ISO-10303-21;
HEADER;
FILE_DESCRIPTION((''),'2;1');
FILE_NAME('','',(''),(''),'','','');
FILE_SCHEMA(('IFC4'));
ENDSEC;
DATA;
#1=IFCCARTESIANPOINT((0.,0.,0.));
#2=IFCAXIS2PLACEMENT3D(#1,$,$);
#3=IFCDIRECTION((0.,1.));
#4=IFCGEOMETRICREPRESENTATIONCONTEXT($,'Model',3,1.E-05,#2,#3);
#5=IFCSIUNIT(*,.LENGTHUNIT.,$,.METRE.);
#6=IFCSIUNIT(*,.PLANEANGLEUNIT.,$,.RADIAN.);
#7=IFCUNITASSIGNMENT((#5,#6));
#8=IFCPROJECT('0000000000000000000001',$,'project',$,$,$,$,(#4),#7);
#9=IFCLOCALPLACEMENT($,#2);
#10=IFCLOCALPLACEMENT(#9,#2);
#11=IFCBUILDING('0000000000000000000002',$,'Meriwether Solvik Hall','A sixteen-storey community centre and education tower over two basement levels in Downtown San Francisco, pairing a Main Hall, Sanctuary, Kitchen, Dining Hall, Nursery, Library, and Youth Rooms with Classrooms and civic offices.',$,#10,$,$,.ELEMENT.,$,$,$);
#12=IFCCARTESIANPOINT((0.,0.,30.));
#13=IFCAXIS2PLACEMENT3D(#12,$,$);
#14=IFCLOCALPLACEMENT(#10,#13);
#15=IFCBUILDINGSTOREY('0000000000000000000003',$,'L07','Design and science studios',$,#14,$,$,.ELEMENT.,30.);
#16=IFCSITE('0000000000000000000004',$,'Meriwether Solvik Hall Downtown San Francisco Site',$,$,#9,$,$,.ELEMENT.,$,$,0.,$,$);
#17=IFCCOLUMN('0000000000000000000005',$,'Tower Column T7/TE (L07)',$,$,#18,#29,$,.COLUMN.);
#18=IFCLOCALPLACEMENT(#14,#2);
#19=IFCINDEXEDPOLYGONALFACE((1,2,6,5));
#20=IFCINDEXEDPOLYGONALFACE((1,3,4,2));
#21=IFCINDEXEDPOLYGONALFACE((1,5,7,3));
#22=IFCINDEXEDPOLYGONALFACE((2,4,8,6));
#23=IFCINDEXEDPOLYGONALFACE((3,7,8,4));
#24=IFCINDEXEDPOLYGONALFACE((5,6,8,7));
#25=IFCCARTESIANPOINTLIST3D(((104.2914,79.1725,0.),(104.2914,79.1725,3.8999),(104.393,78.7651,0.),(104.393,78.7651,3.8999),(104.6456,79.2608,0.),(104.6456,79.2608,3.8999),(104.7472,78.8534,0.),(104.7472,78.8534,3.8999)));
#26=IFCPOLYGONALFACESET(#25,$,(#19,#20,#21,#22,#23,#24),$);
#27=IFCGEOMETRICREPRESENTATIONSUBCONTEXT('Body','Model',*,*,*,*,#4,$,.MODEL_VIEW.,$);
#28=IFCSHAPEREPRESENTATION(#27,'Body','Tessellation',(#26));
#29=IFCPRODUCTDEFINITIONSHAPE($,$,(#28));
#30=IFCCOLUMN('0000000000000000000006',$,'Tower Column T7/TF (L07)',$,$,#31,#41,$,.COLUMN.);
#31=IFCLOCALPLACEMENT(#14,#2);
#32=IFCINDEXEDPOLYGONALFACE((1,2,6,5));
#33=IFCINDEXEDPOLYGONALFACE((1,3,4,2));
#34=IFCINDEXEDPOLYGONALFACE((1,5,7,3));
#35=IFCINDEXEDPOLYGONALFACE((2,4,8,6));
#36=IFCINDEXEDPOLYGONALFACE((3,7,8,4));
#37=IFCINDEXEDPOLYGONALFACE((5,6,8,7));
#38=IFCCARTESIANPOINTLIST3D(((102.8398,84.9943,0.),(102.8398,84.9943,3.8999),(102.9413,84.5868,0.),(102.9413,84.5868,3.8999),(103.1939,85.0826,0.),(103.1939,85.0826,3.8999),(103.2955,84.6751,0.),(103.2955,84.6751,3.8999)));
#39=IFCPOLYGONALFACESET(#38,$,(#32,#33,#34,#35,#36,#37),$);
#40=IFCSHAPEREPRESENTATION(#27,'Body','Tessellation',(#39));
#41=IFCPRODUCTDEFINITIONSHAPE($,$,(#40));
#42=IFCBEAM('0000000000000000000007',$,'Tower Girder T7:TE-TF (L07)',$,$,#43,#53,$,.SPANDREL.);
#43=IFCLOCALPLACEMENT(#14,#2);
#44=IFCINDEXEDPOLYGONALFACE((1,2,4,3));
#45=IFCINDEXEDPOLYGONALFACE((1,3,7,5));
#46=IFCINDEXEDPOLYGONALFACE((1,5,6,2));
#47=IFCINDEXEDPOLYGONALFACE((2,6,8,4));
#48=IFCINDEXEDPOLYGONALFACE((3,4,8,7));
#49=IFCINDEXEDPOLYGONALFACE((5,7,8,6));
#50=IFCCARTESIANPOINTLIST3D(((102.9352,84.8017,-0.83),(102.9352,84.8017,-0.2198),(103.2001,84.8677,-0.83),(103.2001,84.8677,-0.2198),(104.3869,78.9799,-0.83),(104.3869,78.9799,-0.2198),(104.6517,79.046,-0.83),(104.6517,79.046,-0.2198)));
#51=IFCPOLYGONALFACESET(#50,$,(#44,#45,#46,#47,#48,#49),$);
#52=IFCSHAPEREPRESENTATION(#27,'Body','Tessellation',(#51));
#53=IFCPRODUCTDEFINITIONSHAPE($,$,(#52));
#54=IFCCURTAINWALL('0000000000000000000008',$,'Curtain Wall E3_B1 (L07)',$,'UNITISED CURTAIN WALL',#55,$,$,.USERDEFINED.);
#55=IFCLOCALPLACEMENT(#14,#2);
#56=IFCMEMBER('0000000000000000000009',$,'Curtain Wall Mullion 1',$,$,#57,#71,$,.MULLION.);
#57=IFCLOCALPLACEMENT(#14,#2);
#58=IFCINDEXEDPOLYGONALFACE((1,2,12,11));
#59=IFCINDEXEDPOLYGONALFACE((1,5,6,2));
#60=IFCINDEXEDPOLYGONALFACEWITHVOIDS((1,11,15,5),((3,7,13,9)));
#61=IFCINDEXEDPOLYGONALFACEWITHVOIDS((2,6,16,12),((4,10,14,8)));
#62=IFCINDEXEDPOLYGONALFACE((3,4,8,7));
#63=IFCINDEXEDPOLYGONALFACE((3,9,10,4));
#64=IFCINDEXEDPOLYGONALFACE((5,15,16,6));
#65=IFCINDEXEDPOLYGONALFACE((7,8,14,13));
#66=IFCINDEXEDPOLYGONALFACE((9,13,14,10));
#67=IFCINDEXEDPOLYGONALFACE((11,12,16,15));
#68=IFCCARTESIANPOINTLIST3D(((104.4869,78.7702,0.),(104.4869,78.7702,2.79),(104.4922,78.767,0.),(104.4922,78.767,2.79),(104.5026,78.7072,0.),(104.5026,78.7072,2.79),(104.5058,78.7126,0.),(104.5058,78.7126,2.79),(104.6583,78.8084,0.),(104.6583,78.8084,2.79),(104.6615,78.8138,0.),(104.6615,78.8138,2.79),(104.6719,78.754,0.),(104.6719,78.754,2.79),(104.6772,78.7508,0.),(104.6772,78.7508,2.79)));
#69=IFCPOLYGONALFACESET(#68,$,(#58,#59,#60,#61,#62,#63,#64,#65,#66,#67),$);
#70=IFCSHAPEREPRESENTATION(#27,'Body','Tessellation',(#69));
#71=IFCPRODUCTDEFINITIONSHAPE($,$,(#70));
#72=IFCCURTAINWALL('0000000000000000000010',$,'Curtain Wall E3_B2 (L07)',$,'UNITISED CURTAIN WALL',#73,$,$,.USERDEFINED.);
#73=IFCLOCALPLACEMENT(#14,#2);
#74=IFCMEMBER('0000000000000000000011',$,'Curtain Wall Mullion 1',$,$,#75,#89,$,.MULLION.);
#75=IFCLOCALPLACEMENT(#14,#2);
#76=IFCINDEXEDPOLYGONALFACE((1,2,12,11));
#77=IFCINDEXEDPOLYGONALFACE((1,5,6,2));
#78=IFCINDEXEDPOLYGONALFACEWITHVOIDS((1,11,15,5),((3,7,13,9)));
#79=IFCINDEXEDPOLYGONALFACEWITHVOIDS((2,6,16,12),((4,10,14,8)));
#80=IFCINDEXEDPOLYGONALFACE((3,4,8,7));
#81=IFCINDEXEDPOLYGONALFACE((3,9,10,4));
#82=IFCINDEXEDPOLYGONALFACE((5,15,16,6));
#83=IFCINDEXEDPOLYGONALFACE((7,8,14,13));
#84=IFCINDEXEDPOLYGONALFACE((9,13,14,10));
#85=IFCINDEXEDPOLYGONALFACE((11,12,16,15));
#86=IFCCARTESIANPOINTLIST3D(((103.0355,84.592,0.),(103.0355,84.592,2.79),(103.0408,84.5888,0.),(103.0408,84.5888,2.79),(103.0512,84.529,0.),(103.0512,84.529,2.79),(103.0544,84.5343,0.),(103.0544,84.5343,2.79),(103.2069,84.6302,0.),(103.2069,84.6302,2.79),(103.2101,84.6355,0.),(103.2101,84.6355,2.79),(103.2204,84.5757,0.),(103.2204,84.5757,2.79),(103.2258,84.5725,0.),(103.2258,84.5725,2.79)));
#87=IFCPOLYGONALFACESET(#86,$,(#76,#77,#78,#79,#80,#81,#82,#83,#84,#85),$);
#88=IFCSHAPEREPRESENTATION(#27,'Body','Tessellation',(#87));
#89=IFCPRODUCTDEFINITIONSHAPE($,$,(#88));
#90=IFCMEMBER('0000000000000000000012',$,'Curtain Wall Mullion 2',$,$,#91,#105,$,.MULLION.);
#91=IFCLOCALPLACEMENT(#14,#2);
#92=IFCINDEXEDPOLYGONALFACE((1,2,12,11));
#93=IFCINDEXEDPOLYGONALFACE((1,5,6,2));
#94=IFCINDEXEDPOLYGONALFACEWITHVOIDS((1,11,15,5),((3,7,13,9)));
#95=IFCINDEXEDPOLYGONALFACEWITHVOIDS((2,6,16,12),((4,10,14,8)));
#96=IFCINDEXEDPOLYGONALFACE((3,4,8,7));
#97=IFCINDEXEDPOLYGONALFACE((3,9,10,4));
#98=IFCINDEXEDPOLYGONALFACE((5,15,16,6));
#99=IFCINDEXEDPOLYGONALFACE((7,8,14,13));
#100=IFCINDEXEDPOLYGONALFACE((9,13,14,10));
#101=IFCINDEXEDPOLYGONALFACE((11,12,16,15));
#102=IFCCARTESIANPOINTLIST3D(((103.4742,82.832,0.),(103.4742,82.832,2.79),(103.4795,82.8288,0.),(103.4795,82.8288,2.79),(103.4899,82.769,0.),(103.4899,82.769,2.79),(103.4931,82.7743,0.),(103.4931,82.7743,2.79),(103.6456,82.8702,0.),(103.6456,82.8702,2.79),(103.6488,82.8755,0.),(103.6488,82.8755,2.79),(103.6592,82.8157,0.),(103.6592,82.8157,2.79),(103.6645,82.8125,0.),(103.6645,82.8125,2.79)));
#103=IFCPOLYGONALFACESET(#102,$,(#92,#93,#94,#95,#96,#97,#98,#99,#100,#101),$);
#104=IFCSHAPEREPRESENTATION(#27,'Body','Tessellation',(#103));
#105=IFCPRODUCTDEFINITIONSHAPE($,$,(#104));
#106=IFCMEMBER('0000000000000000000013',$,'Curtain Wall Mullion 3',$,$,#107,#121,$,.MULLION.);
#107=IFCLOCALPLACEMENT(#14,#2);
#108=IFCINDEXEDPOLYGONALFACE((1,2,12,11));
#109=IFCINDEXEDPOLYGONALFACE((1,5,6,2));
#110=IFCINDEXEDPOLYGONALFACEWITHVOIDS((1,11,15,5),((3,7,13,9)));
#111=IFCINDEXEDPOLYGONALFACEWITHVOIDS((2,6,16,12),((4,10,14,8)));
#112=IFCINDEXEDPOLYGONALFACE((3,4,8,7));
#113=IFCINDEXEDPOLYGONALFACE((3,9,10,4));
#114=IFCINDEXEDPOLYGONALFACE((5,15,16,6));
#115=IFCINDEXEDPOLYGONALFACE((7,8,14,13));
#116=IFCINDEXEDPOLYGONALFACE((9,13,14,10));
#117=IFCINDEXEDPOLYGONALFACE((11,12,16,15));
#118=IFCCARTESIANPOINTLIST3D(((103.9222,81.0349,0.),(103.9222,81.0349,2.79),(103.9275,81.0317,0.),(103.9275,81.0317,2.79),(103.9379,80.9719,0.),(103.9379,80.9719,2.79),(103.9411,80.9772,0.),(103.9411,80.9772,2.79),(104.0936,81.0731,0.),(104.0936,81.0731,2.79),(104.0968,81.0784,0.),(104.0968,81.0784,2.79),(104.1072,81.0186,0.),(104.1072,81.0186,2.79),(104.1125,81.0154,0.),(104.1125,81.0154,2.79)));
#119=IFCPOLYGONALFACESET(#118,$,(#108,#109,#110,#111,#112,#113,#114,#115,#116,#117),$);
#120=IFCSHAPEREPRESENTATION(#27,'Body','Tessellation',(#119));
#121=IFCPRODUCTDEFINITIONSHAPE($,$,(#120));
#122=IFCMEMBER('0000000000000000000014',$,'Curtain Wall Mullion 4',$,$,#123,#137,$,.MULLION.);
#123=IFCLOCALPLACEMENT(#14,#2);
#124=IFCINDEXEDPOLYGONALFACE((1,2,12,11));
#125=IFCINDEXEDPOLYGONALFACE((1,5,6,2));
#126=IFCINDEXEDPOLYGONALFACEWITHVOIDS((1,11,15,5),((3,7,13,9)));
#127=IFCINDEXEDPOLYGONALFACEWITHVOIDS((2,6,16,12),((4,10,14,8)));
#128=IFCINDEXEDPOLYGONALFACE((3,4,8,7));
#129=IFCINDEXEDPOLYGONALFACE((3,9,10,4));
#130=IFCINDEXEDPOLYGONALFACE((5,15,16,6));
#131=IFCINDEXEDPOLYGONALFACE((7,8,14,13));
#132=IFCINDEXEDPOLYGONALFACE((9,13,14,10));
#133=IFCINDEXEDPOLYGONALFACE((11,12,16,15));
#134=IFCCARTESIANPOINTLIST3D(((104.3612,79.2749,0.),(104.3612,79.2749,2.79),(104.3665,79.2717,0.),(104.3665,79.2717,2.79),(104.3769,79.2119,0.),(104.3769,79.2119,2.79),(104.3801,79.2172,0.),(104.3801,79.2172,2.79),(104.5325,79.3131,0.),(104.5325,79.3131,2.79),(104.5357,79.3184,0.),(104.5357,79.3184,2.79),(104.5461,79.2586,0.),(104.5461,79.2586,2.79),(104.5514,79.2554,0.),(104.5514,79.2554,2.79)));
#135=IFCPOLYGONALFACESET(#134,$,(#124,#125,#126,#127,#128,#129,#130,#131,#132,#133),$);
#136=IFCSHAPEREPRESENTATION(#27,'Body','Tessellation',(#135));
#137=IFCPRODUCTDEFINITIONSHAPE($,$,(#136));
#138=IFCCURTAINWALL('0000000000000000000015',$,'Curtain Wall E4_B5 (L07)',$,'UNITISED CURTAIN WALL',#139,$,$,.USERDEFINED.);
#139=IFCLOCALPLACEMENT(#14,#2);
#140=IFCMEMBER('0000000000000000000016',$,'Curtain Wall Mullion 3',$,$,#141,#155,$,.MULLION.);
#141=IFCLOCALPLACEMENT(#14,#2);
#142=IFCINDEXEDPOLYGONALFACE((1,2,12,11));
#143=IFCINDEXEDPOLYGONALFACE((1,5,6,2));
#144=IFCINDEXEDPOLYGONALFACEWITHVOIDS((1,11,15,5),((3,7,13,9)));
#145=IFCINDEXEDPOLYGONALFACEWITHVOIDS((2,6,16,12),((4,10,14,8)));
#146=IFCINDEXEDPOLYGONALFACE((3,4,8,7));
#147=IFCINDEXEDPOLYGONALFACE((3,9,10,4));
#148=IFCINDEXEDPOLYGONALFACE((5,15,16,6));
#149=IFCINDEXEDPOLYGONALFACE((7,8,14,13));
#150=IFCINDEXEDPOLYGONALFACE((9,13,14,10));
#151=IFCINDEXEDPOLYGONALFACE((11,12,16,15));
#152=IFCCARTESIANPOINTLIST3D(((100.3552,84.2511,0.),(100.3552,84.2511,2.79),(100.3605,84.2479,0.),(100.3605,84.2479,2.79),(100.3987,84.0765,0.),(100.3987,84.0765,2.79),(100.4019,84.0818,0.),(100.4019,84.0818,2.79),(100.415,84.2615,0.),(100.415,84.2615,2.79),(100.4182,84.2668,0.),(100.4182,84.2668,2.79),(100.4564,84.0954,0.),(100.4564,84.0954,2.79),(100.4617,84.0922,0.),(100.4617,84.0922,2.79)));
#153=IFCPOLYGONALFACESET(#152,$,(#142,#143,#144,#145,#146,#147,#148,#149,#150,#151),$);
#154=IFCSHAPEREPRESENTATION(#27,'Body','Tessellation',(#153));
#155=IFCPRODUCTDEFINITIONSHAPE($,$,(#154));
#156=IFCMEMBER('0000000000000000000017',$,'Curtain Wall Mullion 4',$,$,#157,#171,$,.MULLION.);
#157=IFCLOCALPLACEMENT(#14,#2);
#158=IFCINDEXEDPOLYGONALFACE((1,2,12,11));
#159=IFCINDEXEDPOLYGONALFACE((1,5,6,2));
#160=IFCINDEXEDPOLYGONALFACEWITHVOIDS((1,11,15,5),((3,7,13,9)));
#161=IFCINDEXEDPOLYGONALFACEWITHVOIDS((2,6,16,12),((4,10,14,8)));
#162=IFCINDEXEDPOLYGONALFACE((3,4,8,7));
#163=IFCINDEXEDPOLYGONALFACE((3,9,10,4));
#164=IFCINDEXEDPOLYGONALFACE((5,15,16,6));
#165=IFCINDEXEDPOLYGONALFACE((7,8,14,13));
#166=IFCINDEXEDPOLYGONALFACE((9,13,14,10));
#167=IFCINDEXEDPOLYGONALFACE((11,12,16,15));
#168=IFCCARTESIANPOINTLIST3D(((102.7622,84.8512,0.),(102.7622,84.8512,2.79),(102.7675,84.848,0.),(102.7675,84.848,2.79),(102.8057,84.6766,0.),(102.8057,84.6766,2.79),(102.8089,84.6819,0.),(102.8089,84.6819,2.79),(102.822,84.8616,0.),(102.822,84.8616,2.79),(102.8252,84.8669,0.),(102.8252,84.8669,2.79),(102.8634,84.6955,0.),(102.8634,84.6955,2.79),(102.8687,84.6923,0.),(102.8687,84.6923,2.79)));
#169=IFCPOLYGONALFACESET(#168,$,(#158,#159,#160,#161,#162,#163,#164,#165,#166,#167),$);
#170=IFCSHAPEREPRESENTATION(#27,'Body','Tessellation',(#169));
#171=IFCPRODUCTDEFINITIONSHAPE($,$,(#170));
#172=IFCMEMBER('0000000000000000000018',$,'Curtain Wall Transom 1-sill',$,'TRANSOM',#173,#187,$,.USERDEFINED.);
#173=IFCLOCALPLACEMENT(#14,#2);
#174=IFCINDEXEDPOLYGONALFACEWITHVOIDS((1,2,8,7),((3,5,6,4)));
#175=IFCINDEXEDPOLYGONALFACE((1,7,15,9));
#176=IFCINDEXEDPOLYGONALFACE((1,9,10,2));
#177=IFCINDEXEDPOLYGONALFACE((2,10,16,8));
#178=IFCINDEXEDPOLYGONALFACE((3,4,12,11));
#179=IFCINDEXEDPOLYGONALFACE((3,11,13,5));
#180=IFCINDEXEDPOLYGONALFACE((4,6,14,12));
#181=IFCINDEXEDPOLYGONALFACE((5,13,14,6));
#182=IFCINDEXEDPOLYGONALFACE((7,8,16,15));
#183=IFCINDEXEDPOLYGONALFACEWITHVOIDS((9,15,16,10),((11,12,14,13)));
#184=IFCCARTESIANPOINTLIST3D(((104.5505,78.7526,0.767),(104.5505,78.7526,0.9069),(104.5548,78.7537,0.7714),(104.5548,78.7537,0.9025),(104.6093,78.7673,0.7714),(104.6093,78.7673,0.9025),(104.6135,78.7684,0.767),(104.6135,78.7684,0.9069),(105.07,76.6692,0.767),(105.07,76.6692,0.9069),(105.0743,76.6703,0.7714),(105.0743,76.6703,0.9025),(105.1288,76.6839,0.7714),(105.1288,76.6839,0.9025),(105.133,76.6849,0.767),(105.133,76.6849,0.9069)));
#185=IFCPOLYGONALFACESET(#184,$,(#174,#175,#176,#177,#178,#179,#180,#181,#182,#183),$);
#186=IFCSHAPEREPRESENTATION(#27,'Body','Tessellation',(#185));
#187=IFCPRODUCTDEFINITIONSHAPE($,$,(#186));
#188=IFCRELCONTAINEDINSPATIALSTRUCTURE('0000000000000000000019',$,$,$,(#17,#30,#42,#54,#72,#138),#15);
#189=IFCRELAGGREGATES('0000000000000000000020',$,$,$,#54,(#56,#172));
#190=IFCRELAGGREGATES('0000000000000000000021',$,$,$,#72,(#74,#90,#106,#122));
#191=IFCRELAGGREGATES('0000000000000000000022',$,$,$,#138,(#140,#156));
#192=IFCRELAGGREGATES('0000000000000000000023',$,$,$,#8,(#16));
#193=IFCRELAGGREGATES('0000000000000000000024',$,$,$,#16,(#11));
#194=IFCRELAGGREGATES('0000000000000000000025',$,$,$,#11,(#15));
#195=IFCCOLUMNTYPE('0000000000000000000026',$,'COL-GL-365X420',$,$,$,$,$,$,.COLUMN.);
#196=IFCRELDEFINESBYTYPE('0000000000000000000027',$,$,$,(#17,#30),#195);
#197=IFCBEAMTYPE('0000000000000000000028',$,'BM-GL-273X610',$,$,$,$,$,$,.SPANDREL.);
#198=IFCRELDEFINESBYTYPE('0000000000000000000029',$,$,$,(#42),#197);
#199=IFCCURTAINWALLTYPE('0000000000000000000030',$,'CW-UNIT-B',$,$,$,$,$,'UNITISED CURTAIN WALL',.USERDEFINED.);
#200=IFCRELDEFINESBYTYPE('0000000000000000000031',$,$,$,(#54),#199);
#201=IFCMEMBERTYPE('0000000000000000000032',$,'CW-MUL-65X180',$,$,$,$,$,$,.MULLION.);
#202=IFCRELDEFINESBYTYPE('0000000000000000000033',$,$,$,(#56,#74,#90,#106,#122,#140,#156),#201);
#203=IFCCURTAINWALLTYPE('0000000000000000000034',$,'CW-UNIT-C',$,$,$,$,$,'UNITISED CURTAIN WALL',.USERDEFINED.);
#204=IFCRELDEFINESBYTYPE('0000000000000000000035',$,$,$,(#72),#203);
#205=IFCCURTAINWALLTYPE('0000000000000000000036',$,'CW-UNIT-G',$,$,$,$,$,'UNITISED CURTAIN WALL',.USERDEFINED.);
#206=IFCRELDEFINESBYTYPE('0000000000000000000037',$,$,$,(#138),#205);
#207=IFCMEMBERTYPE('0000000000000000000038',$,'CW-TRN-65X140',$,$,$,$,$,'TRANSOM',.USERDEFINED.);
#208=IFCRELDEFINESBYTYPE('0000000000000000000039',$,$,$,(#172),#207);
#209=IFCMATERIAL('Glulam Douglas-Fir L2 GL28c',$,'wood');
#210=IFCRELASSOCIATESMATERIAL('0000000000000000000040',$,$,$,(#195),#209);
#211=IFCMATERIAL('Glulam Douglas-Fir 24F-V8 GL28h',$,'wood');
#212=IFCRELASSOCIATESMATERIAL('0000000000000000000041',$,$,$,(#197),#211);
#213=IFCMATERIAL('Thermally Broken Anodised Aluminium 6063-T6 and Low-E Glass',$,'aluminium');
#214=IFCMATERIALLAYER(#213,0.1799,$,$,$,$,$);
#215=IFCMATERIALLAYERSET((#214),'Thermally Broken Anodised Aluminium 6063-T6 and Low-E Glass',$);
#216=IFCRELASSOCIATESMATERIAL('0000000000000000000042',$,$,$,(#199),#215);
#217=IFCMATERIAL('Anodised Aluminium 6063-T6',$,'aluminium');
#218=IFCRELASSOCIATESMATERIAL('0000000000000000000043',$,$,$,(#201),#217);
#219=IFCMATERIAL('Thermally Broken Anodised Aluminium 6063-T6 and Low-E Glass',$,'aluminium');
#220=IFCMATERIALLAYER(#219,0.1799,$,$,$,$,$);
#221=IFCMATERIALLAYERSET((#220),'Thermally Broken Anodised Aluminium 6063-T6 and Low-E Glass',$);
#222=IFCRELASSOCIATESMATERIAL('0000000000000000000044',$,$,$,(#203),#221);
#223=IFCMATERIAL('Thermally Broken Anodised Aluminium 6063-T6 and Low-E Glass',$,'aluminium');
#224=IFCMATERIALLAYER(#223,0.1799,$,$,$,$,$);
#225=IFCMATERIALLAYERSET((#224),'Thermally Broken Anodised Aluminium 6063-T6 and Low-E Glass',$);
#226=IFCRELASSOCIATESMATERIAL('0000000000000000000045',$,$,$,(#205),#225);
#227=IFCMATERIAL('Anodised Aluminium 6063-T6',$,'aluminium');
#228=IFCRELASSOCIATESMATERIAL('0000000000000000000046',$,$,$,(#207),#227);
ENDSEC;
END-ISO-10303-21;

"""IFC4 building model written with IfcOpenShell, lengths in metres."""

from ifc_helpers import new_model, si_unit, direction, frame, origin, origin_2d, place, context, subcontext, project, spatial, rectangle, hollow_rectangle, extrude, material, layer, layer_set, material_profile, profile_set, type_object, element, aggregate, save


model = new_model("IFC4")

# Units and contexts
model_context = context("Model", 3, precision=1e-05, world=origin(), true_north=direction((0.0, 1.0)))
body_context = subcontext(model_context, "Body", "Model", "MODEL_VIEW")
ifc_project = project(units=[si_unit("LENGTHUNIT", "METRE"), si_unit("PLANEANGLEUNIT", "RADIAN")], contexts=[model_context])

# Site, building, storey
site_placement = place(None, origin())
site = spatial("IfcSite", under=ifc_project, at=site_placement, Name="Meriwether Solvik Hall Downtown San Francisco Site", CompositionType="ELEMENT", RefElevation=0.0)
building_placement = place(site_placement, origin())
building = spatial("IfcBuilding", under=site, at=building_placement, Name="Meriwether Solvik Hall", Description="A sixteen-storey community centre and education tower over two basement levels in Downtown San Francisco, pairing a Main Hall, Sanctuary, Kitchen, Dining Hall, Nursery, Library, and Youth Rooms with Classrooms and civic offices.", CompositionType="ELEMENT")
storey_placement = place(building_placement, frame((0.0, 0.0, 30.0)))
storey = spatial("IfcBuildingStorey", under=building, at=storey_placement, Name="L07", Description="Design and science studios", CompositionType="ELEMENT", Elevation=30.0)

# Columns
ifc_material_1 = material(Name="Glulam Douglas-Fir L2 GL28c", Category="wood")
ifc_material_profile_1 = material_profile(ifc_material_1, rectangle(XDim=0.365, YDim=0.4199, at=origin_2d()), Name="GLC-365X420")
ifc_profile_set_1 = profile_set([ifc_material_profile_1], Name="Glulam Douglas-Fir L2 GL28c")
column_type = type_object("IfcColumnType", Name="COL-GL-365X420", PredefinedType="COLUMN", material=ifc_profile_set_1)
for number, where, z_axis, x_axis, name in (
    (1, (104.5193, 79.0129, 0.0), (0.0, 0.0, 1.0), (0.970296, 0.241922, 0.0), "Tower Column T7/TE (L07)"),
    (2, (103.0676, 84.8347, 0.0), (0.0, 0.0, 1.0), (0.970296, 0.241922, 0.0), "Tower Column T7/TF (L07)"),
):
    element("IfcColumn", number, at=place(storey_placement, frame(where, z_axis=z_axis, x_axis=x_axis)), inside=storey, type_object=column_type, Name=name, PredefinedType="COLUMN", context=body_context, shape_type="SweptSolid", body=[
        extrude(rectangle(XDim=0.365, YDim=0.4199, at=origin_2d()), origin(), (0.0, 0.0, 1.0), 3.8999),
    ])

# Beam
ifc_material_2 = material(Name="Glulam Douglas-Fir 24F-V8 GL28h", Category="wood")
ifc_material_profile_2 = material_profile(ifc_material_2, rectangle(XDim=0.2729, YDim=0.6101, at=origin_2d()), Name="GLB-273X610")
ifc_profile_set_2 = profile_set([ifc_material_profile_2], Name="Glulam Douglas-Fir 24F-V8 GL28h")
beam_type_1 = type_object("IfcBeamType", Name="BM-GL-273X610", PredefinedType="SPANDREL", material=ifc_profile_set_2)
beam_placement = place(storey_placement, frame((104.5193, 79.0129, -0.5249), z_axis=(-0.241942, 0.970291, 0.0), x_axis=(-0.970291, -0.241942, 0.0)))
element("IfcBeam", 3, at=beam_placement, inside=storey, type_object=beam_type_1, Name="Tower Girder T7:TE-TF (L07)", PredefinedType="SPANDREL", context=body_context, shape_type="SweptSolid", body=[
    extrude(rectangle(XDim=0.2729, YDim=0.6101, at=origin_2d()), origin(), (0.0, 0.0, 1.0), 6.0),
])

# Curtain wall, member
ifc_material_3 = material(Name="Thermally Broken Anodised Aluminium 6063-T6 and Low-E Glass", Category="aluminium")
ifc_layer_1 = layer(ifc_material_3, 0.1799)
ifc_layer_set_1 = layer_set([ifc_layer_1], Name="Thermally Broken Anodised Aluminium 6063-T6 and Low-E Glass")
curtain_wall_type_1 = type_object("IfcCurtainWallType", Name="CW-UNIT-B", ElementType="UNITISED CURTAIN WALL", PredefinedType="USERDEFINED", material=ifc_layer_set_1)
curtain_wall_1_placement = place(storey_placement, origin())
curtain_wall_1 = element("IfcCurtainWall", 4, at=curtain_wall_1_placement, inside=storey, type_object=curtain_wall_type_1, Name="Curtain Wall E3_B1 (L07)", ObjectType="UNITISED CURTAIN WALL", PredefinedType="USERDEFINED")
ifc_material_4 = material(Name="Anodised Aluminium 6063-T6", Category="aluminium")
ifc_material_profile_3 = material_profile(ifc_material_4, hollow_rectangle(XDim=0.0649, YDim=0.1799, WallThickness=0.0044, at=origin_2d()), Name="CWM-65X180")
ifc_profile_set_3 = profile_set([ifc_material_profile_3], Name="Anodised Aluminium 6063-T6")
member_type_1 = type_object("IfcMemberType", Name="CW-MUL-65X180", PredefinedType="MULLION", material=ifc_profile_set_3)
member_1_placement = place(storey_placement, frame((104.582, 78.7605, 0.0), z_axis=(0.0, 0.0, 1.0), x_axis=(0.241922, -0.970296, 0.0)))
member_1 = element("IfcMember", 5, at=member_1_placement, type_object=member_type_1, Name="Curtain Wall Mullion 1", PredefinedType="MULLION", context=body_context, shape_type="SweptSolid", body=[
    extrude(hollow_rectangle(XDim=0.0649, YDim=0.1799, WallThickness=0.0044, at=origin_2d()), origin(), (0.0, 0.0, 1.0), 2.79),
])

# Curtain walls, members
ifc_material_5 = material(Name="Thermally Broken Anodised Aluminium 6063-T6 and Low-E Glass", Category="aluminium")
ifc_layer_2 = layer(ifc_material_5, 0.1799)
ifc_layer_set_2 = layer_set([ifc_layer_2], Name="Thermally Broken Anodised Aluminium 6063-T6 and Low-E Glass")
curtain_wall_type_2 = type_object("IfcCurtainWallType", Name="CW-UNIT-C", ElementType="UNITISED CURTAIN WALL", PredefinedType="USERDEFINED", material=ifc_layer_set_2)
curtain_wall_2_placement = place(storey_placement, origin())
curtain_wall_2 = element("IfcCurtainWall", 6, at=curtain_wall_2_placement, inside=storey, type_object=curtain_wall_type_2, Name="Curtain Wall E3_B2 (L07)", ObjectType="UNITISED CURTAIN WALL", PredefinedType="USERDEFINED")
member_2_placement = place(storey_placement, frame((103.1306, 84.5823, 0.0), z_axis=(0.0, 0.0, 1.0), x_axis=(0.241922, -0.970296, 0.0)))
member_2 = element("IfcMember", 7, at=member_2_placement, type_object=member_type_1, Name="Curtain Wall Mullion 1", PredefinedType="MULLION", context=body_context, shape_type="SweptSolid", body=[
    extrude(hollow_rectangle(XDim=0.0649, YDim=0.1799, WallThickness=0.0044, at=origin_2d()), origin(), (0.0, 0.0, 1.0), 2.79),
])
member_3_placement = place(storey_placement, frame((103.5693, 82.8223, 0.0), z_axis=(0.0, 0.0, 1.0), x_axis=(0.241922, -0.970296, 0.0)))
member_3 = element("IfcMember", 8, at=member_3_placement, type_object=member_type_1, Name="Curtain Wall Mullion 2", PredefinedType="MULLION", context=body_context, shape_type="SweptSolid", body=[
    extrude(hollow_rectangle(XDim=0.0649, YDim=0.1799, WallThickness=0.0044, at=origin_2d()), origin(), (0.0, 0.0, 1.0), 2.79),
])
member_4_placement = place(storey_placement, frame((104.0173, 81.0251, 0.0), z_axis=(0.0, 0.0, 1.0), x_axis=(0.241922, -0.970296, 0.0)))
member_4 = element("IfcMember", 9, at=member_4_placement, type_object=member_type_1, Name="Curtain Wall Mullion 3", PredefinedType="MULLION", context=body_context, shape_type="SweptSolid", body=[
    extrude(hollow_rectangle(XDim=0.0649, YDim=0.1799, WallThickness=0.0044, at=origin_2d()), origin(), (0.0, 0.0, 1.0), 2.79),
])
member_5_placement = place(storey_placement, frame((104.4563, 79.2651, 0.0), z_axis=(0.0, 0.0, 1.0), x_axis=(0.241922, -0.970296, 0.0)))
member_5 = element("IfcMember", 10, at=member_5_placement, type_object=member_type_1, Name="Curtain Wall Mullion 4", PredefinedType="MULLION", context=body_context, shape_type="SweptSolid", body=[
    extrude(hollow_rectangle(XDim=0.0649, YDim=0.1799, WallThickness=0.0044, at=origin_2d()), origin(), (0.0, 0.0, 1.0), 2.79),
])
ifc_material_6 = material(Name="Thermally Broken Anodised Aluminium 6063-T6 and Low-E Glass", Category="aluminium")
ifc_layer_3 = layer(ifc_material_6, 0.1799)
ifc_layer_set_3 = layer_set([ifc_layer_3], Name="Thermally Broken Anodised Aluminium 6063-T6 and Low-E Glass")
curtain_wall_type_3 = type_object("IfcCurtainWallType", Name="CW-UNIT-G", ElementType="UNITISED CURTAIN WALL", PredefinedType="USERDEFINED", material=ifc_layer_set_3)
curtain_wall_3_placement = place(storey_placement, origin())
curtain_wall_3 = element("IfcCurtainWall", 11, at=curtain_wall_3_placement, inside=storey, type_object=curtain_wall_type_3, Name="Curtain Wall E4_B5 (L07)", ObjectType="UNITISED CURTAIN WALL", PredefinedType="USERDEFINED")
member_6_placement = place(storey_placement, frame((100.4084, 84.1716, 0.0), z_axis=(0.0, 0.0, 1.0), x_axis=(0.970296, 0.241922, 0.0)))
member_6 = element("IfcMember", 12, at=member_6_placement, type_object=member_type_1, Name="Curtain Wall Mullion 3", PredefinedType="MULLION", context=body_context, shape_type="SweptSolid", body=[
    extrude(hollow_rectangle(XDim=0.0649, YDim=0.1799, WallThickness=0.0044, at=origin_2d()), origin(), (0.0, 0.0, 1.0), 2.79),
])
member_7_placement = place(storey_placement, frame((102.8154, 84.7717, 0.0), z_axis=(0.0, 0.0, 1.0), x_axis=(0.970296, 0.241922, 0.0)))
member_7 = element("IfcMember", 13, at=member_7_placement, type_object=member_type_1, Name="Curtain Wall Mullion 4", PredefinedType="MULLION", context=body_context, shape_type="SweptSolid", body=[
    extrude(hollow_rectangle(XDim=0.0649, YDim=0.1799, WallThickness=0.0044, at=origin_2d()), origin(), (0.0, 0.0, 1.0), 2.79),
])

# Member
ifc_material_7 = material(Name="Anodised Aluminium 6063-T6", Category="aluminium")
ifc_material_profile_4 = material_profile(ifc_material_7, hollow_rectangle(XDim=0.0649, YDim=0.1399, WallThickness=0.0044, at=origin_2d()), Name="CWT-65X140")
ifc_profile_set_4 = profile_set([ifc_material_profile_4], Name="Anodised Aluminium 6063-T6")
member_type_2 = type_object("IfcMemberType", Name="CW-TRN-65X140", ElementType="TRANSOM", PredefinedType="USERDEFINED", material=ifc_profile_set_4)
member_8_placement = place(storey_placement, frame((104.582, 78.7605, 0.8369), z_axis=(0.241947, -0.970289, 0.0), x_axis=(0.970289, 0.241947, 0.0)))
member_8 = element("IfcMember", 14, at=member_8_placement, type_object=member_type_2, Name="Curtain Wall Transom 1-sill", ObjectType="TRANSOM", PredefinedType="USERDEFINED", context=body_context, shape_type="SweptSolid", body=[
    extrude(hollow_rectangle(XDim=0.0649, YDim=0.1399, WallThickness=0.0044, at=origin_2d()), origin(), (0.0, 0.0, 1.0), 2.1472),
])

aggregate(curtain_wall_1, [member_1, member_8])
aggregate(curtain_wall_2, [member_2, member_3, member_4, member_5])
aggregate(curtain_wall_3, [member_6, member_7])

save(model, "model.ifc")
